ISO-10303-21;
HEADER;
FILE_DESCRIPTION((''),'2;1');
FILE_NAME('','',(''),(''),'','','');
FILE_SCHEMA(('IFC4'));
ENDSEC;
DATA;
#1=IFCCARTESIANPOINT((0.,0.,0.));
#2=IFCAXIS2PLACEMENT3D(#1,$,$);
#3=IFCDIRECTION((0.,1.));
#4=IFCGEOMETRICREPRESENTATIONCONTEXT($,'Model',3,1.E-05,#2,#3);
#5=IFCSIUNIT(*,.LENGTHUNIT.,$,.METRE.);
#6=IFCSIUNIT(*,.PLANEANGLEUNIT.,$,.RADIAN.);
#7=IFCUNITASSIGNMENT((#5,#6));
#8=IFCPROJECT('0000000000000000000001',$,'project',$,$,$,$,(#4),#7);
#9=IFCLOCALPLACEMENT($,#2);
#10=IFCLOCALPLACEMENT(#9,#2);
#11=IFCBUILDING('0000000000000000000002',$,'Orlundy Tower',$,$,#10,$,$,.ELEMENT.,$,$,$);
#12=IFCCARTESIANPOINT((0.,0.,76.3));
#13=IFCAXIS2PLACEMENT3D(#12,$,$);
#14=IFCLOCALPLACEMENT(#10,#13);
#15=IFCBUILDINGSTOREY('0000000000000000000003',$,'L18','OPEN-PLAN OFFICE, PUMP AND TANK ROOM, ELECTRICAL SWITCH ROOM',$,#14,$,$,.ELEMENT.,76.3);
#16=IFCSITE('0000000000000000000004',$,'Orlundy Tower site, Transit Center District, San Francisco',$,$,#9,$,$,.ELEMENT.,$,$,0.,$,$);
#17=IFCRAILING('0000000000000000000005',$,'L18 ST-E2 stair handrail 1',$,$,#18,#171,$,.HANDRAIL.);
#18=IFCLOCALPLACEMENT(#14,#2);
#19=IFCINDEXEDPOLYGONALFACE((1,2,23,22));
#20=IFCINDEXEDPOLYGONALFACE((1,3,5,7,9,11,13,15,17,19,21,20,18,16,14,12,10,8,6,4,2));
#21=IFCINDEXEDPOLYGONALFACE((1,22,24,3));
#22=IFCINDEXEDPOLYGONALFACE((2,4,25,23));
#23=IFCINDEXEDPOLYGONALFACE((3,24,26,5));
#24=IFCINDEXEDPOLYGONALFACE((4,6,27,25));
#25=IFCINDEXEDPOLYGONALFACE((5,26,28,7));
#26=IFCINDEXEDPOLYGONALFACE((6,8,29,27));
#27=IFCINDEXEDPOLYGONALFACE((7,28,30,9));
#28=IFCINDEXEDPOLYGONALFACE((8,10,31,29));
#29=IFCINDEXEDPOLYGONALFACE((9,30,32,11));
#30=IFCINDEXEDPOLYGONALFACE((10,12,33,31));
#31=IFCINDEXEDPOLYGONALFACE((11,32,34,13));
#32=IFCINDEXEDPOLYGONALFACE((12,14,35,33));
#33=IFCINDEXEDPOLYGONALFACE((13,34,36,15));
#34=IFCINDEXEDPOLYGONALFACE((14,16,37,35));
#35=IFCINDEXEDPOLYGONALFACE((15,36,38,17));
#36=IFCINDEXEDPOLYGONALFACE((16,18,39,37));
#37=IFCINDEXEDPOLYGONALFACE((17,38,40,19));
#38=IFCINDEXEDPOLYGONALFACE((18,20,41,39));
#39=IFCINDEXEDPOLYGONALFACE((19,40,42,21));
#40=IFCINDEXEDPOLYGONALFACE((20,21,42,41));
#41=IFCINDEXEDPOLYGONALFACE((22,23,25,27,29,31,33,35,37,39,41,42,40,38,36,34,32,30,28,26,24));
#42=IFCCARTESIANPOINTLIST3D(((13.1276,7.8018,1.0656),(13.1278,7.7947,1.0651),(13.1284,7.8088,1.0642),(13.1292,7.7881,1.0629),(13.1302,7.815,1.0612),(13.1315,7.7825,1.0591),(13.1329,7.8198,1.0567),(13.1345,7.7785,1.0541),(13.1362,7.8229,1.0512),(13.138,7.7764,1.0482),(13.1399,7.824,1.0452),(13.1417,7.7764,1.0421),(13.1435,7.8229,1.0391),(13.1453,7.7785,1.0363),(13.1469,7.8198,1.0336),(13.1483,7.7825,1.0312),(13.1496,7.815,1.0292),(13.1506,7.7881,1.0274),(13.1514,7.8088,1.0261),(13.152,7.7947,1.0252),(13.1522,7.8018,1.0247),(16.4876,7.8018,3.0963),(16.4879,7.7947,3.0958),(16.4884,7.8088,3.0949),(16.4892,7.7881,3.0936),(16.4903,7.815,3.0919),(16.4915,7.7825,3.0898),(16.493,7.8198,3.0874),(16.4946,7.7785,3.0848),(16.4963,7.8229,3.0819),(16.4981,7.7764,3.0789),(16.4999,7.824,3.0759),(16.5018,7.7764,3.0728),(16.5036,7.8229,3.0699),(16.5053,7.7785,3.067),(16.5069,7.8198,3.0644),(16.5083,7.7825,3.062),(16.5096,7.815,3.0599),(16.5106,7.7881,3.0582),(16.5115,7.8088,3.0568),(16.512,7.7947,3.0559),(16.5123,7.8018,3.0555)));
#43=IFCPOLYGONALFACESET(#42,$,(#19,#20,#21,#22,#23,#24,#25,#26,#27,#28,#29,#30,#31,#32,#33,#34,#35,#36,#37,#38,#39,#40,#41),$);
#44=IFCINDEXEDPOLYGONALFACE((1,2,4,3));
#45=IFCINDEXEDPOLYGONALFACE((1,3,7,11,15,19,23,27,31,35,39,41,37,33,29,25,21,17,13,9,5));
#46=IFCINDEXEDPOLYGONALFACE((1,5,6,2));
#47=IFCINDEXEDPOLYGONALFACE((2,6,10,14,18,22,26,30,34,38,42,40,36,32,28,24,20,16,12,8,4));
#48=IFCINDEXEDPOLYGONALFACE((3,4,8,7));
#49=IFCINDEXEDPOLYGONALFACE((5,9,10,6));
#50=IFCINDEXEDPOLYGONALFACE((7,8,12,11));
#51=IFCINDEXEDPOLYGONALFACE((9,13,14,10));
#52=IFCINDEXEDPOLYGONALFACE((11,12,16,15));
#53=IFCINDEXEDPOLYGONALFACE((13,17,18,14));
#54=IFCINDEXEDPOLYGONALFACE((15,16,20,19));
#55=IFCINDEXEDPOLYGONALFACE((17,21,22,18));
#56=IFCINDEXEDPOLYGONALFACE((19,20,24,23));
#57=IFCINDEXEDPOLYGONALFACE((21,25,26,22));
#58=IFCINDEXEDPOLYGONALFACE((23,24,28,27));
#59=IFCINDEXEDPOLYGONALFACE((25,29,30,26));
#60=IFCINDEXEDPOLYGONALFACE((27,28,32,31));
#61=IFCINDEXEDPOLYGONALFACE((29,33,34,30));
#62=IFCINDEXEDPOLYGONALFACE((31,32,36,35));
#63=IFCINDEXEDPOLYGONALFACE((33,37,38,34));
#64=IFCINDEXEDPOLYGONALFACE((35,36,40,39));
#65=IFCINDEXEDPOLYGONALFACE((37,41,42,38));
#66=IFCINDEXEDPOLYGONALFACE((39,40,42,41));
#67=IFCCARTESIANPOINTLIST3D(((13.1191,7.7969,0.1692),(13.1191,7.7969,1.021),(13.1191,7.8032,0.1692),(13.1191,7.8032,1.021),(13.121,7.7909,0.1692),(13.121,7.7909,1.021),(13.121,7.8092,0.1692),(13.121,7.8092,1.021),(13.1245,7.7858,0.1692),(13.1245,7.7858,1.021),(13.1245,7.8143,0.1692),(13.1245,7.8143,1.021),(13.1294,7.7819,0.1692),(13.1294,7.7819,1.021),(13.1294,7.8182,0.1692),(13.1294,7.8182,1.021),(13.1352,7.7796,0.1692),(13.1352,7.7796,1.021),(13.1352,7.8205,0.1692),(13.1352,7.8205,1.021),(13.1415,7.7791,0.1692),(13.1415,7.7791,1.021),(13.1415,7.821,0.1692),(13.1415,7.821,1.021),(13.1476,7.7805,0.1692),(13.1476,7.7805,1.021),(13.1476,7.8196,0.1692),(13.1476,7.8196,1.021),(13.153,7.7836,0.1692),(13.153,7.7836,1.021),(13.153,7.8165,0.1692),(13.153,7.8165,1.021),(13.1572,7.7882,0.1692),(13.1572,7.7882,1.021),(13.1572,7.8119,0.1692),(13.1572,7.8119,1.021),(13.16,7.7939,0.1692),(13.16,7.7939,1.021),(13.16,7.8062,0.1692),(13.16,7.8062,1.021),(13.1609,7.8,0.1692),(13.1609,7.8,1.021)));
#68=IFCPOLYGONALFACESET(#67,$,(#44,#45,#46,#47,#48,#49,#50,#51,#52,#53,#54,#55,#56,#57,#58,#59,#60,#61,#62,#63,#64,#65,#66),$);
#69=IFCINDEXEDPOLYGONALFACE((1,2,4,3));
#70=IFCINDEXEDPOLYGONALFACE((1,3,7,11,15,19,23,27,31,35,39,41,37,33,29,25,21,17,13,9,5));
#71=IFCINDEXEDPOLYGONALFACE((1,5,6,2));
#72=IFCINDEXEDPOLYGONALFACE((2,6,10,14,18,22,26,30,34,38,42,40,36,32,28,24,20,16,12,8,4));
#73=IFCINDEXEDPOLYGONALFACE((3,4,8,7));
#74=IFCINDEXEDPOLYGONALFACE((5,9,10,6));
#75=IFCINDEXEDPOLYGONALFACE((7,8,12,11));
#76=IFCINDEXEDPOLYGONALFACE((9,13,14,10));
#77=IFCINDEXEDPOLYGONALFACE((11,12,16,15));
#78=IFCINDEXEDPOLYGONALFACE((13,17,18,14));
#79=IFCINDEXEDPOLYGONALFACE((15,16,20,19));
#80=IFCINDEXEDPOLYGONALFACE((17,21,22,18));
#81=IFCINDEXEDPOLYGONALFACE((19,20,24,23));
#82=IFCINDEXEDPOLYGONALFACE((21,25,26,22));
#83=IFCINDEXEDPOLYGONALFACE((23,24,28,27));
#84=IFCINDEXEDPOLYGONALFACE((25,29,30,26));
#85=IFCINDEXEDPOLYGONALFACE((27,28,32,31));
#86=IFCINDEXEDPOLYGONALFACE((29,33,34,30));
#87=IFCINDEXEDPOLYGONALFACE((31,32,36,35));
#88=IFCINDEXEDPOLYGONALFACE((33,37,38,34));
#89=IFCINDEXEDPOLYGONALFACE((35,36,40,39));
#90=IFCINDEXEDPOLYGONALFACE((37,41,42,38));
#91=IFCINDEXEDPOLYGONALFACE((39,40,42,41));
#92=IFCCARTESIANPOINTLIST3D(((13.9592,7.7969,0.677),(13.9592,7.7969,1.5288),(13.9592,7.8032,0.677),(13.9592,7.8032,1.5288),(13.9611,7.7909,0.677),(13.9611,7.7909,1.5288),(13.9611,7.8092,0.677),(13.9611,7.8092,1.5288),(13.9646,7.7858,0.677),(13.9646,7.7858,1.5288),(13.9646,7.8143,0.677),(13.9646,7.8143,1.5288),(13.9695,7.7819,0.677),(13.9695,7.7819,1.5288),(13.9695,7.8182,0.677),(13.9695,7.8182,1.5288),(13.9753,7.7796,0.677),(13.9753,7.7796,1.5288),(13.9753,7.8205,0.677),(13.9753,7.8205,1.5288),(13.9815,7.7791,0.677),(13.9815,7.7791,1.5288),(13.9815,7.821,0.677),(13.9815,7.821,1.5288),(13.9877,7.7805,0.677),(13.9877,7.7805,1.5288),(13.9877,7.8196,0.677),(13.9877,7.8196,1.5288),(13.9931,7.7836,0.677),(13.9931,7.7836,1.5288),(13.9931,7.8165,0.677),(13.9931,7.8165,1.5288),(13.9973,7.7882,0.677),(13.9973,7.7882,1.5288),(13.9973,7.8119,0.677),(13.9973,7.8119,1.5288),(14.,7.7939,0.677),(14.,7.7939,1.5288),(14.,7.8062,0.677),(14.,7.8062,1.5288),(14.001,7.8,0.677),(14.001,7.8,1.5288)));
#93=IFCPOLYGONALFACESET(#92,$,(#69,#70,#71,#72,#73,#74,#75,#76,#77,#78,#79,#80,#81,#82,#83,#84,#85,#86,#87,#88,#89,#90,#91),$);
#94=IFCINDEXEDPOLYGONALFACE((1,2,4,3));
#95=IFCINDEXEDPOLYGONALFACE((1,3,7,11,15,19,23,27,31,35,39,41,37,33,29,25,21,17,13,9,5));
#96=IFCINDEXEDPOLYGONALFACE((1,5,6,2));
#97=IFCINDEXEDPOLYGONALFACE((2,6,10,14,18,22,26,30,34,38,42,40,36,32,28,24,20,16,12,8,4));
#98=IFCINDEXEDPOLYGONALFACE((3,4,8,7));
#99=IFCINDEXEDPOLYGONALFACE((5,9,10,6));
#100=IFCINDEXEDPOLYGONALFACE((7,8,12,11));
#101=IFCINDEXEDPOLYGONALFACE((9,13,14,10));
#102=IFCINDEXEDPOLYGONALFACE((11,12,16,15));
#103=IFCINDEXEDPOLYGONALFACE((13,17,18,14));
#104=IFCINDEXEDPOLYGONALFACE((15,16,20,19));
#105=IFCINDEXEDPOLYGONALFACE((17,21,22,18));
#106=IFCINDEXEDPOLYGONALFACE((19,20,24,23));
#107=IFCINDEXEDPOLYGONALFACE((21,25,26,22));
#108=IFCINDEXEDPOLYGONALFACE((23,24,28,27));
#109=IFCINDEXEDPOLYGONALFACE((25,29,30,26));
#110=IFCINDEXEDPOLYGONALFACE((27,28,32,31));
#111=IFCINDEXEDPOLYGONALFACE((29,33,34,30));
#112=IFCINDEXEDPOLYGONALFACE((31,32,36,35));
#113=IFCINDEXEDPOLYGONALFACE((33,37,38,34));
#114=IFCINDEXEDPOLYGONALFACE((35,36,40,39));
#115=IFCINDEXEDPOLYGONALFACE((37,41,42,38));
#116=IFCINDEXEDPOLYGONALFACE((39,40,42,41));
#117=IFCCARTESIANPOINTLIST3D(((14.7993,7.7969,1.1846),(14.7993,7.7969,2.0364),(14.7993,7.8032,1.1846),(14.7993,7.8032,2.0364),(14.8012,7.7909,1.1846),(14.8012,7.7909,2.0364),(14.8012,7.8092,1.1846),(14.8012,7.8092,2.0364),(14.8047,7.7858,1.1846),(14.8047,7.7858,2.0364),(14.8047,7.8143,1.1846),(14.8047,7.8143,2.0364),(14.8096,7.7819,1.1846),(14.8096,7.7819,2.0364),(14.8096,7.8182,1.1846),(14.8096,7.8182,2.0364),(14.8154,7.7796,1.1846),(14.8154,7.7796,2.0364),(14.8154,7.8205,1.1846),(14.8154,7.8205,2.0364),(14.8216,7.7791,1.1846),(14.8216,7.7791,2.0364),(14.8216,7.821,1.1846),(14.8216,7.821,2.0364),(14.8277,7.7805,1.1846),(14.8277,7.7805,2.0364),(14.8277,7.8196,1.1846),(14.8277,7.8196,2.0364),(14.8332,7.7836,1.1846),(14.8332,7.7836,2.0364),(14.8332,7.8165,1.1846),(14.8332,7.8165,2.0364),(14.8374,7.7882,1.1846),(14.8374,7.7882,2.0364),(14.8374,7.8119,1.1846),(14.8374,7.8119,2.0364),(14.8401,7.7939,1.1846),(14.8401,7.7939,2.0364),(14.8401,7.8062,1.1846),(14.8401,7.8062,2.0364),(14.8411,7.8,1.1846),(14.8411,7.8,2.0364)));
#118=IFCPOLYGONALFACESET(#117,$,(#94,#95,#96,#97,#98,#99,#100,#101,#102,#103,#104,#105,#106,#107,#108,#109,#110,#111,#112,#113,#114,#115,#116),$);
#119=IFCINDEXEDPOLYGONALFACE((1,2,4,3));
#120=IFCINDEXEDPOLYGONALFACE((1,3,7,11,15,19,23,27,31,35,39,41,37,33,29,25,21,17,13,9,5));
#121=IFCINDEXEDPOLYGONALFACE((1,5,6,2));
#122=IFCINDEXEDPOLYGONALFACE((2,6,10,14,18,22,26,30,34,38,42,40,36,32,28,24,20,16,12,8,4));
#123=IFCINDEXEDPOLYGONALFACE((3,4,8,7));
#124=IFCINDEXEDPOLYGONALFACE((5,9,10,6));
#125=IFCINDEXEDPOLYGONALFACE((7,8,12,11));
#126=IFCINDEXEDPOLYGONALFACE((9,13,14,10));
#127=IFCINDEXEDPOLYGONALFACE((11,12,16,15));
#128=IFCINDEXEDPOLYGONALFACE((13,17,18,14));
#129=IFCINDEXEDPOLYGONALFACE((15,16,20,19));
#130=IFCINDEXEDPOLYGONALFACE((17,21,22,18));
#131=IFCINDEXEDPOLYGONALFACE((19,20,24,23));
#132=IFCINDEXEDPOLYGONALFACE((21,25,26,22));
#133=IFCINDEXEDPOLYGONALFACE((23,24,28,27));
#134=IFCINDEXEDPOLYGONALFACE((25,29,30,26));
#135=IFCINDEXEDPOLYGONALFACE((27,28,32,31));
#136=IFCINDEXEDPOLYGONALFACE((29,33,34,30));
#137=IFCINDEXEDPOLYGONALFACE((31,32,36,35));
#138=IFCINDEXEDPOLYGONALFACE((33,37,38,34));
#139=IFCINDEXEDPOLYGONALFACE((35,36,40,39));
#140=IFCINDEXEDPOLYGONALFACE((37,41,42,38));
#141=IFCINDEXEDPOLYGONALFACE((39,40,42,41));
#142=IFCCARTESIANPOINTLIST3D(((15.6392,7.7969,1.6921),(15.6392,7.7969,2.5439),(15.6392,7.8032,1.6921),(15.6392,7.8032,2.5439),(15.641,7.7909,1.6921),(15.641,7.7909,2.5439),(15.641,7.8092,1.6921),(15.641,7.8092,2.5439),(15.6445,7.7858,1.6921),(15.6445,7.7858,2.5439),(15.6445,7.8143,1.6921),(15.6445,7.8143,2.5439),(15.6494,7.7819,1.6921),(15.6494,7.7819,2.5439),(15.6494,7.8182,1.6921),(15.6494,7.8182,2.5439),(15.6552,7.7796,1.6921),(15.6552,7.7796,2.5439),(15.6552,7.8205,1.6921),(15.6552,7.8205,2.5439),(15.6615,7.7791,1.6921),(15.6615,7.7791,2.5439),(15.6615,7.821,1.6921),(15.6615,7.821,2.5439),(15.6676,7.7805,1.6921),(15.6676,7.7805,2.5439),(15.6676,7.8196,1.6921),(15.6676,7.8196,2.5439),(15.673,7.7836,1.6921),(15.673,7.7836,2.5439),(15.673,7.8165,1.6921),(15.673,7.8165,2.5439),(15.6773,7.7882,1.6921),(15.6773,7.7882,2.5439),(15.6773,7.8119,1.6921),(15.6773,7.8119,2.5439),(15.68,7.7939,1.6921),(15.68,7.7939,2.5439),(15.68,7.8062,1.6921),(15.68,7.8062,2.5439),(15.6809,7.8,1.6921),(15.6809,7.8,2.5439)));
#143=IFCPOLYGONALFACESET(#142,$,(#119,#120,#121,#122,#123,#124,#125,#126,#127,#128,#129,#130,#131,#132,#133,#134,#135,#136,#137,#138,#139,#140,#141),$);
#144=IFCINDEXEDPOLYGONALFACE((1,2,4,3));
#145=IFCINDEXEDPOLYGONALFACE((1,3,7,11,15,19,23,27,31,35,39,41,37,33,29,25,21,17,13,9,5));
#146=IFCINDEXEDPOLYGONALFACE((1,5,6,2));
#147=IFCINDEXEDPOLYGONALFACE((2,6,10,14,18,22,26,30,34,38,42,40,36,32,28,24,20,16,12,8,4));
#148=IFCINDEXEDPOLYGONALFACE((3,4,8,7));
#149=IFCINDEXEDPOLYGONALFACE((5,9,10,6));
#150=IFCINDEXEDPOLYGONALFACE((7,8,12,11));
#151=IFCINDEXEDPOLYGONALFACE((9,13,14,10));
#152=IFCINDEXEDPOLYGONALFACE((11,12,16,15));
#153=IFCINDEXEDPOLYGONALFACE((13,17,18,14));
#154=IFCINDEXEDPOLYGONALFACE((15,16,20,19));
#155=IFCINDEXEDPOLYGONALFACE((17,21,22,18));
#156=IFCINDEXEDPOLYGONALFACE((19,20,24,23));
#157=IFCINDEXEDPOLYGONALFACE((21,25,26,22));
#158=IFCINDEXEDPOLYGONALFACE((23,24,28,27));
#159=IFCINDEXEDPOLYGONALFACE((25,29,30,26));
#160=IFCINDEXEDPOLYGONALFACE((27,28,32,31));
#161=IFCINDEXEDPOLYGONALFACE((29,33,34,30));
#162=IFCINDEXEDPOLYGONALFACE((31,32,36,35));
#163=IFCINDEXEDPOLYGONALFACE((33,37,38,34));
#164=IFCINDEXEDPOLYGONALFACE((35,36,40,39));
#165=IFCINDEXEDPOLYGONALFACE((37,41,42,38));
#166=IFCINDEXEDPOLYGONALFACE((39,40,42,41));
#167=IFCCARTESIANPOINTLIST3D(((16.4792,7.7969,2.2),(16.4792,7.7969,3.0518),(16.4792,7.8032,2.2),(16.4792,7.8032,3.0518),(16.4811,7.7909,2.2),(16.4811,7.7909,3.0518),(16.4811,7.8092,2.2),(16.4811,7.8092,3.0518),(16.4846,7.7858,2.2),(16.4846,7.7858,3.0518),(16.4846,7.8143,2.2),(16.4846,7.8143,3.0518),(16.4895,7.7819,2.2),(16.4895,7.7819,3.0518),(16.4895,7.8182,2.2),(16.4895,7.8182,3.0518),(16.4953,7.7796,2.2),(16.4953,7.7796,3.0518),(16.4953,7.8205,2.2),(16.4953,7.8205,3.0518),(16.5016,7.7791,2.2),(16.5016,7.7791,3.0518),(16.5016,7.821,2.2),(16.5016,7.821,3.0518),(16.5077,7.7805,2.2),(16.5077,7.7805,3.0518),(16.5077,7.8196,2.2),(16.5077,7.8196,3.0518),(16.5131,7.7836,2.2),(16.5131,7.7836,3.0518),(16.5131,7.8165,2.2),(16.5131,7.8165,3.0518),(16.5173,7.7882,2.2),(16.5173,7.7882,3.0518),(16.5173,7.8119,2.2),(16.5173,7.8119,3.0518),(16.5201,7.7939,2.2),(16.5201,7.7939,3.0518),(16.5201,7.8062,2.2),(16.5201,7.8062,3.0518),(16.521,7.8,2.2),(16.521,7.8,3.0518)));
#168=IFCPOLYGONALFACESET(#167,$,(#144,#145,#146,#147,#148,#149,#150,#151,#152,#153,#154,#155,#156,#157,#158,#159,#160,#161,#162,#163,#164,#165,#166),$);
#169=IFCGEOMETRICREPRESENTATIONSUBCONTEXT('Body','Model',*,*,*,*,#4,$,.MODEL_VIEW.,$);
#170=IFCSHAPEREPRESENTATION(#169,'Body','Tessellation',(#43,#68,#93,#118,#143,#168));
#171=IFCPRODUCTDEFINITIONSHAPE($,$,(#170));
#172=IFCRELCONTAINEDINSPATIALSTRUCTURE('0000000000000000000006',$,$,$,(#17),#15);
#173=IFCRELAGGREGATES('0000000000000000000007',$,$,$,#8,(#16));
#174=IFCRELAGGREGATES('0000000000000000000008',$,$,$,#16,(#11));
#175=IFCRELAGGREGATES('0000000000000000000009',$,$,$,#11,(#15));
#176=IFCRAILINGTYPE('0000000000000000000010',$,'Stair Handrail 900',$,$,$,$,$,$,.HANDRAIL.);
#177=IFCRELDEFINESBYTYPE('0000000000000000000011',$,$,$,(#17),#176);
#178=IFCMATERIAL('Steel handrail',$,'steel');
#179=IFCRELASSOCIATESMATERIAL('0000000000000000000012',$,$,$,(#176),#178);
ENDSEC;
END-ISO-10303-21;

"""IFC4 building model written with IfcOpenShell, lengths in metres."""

from ifc_helpers import new_model, si_unit, direction, frame, origin, origin_2d, place, context, subcontext, project, spatial, circle, extrude, material, type_object, element, save


model = new_model("IFC4")

# Units and contexts
model_context = context("Model", 3, precision=1e-05, world=origin(), true_north=direction((0.0, 1.0)))
body_context = subcontext(model_context, "Body", "Model", "MODEL_VIEW")
ifc_project = project(units=[si_unit("LENGTHUNIT", "METRE"), si_unit("PLANEANGLEUNIT", "RADIAN")], contexts=[model_context])

# Site, building, storey
site_placement = place(None, origin())
site = spatial("IfcSite", under=ifc_project, at=site_placement, Name="Orlundy Tower site, Transit Center District, San Francisco", CompositionType="ELEMENT", RefElevation=0.0)
building_placement = place(site_placement, origin())
building = spatial("IfcBuilding", under=site, at=building_placement, Name="Orlundy Tower", CompositionType="ELEMENT")
storey_placement = place(building_placement, frame((0.0, 0.0, 76.3)))
storey = spatial("IfcBuildingStorey", under=building, at=storey_placement, Name="L18", Description="OPEN-PLAN OFFICE, PUMP AND TANK ROOM, ELECTRICAL SWITCH ROOM", CompositionType="ELEMENT", Elevation=76.3)

# Railing
ifc_material_1 = material(Name="Steel handrail", Category="steel")
railing_type_1 = type_object("IfcRailingType", Name="Stair Handrail 900", PredefinedType="HANDRAIL", material=ifc_material_1)
railing_1_placement = place(storey_placement, frame((13.1399, 7.8, 0.1692)))
element("IfcRailing", 1, at=railing_1_placement, inside=storey, type_object=railing_type_1, Name="L18 ST-E2 stair handrail 1", PredefinedType="HANDRAIL", context=body_context, shape_type="SweptSolid", body=[
    extrude(circle(Radius=0.0239, at=origin_2d()), frame((0.0, 0.0, 0.876), z_axis=(0.855837, 0.0, 0.517246), x_axis=(0.0, 1.0, 0.0)), (0.0, 0.0, 1.0), 3.926),
    extrude(circle(Radius=0.021, at=origin_2d()), origin(), (0.0, 0.0, 1.0), 0.8518),
    extrude(circle(Radius=0.021, at=origin_2d()), frame((0.8401, 0.0, 0.5078)), (0.0, 0.0, 1.0), 0.8518),
    extrude(circle(Radius=0.021, at=origin_2d()), frame((1.6802, 0.0, 1.0154)), (0.0, 0.0, 1.0), 0.8518),
    extrude(circle(Radius=0.021, at=origin_2d()), frame((2.52, 0.0, 1.5229)), (0.0, 0.0, 1.0), 0.8518),
    extrude(circle(Radius=0.021, at=origin_2d()), frame((3.3601, 0.0, 2.0308)), (0.0, 0.0, 1.0), 0.8518),
])

save(model, "model.ifc")
